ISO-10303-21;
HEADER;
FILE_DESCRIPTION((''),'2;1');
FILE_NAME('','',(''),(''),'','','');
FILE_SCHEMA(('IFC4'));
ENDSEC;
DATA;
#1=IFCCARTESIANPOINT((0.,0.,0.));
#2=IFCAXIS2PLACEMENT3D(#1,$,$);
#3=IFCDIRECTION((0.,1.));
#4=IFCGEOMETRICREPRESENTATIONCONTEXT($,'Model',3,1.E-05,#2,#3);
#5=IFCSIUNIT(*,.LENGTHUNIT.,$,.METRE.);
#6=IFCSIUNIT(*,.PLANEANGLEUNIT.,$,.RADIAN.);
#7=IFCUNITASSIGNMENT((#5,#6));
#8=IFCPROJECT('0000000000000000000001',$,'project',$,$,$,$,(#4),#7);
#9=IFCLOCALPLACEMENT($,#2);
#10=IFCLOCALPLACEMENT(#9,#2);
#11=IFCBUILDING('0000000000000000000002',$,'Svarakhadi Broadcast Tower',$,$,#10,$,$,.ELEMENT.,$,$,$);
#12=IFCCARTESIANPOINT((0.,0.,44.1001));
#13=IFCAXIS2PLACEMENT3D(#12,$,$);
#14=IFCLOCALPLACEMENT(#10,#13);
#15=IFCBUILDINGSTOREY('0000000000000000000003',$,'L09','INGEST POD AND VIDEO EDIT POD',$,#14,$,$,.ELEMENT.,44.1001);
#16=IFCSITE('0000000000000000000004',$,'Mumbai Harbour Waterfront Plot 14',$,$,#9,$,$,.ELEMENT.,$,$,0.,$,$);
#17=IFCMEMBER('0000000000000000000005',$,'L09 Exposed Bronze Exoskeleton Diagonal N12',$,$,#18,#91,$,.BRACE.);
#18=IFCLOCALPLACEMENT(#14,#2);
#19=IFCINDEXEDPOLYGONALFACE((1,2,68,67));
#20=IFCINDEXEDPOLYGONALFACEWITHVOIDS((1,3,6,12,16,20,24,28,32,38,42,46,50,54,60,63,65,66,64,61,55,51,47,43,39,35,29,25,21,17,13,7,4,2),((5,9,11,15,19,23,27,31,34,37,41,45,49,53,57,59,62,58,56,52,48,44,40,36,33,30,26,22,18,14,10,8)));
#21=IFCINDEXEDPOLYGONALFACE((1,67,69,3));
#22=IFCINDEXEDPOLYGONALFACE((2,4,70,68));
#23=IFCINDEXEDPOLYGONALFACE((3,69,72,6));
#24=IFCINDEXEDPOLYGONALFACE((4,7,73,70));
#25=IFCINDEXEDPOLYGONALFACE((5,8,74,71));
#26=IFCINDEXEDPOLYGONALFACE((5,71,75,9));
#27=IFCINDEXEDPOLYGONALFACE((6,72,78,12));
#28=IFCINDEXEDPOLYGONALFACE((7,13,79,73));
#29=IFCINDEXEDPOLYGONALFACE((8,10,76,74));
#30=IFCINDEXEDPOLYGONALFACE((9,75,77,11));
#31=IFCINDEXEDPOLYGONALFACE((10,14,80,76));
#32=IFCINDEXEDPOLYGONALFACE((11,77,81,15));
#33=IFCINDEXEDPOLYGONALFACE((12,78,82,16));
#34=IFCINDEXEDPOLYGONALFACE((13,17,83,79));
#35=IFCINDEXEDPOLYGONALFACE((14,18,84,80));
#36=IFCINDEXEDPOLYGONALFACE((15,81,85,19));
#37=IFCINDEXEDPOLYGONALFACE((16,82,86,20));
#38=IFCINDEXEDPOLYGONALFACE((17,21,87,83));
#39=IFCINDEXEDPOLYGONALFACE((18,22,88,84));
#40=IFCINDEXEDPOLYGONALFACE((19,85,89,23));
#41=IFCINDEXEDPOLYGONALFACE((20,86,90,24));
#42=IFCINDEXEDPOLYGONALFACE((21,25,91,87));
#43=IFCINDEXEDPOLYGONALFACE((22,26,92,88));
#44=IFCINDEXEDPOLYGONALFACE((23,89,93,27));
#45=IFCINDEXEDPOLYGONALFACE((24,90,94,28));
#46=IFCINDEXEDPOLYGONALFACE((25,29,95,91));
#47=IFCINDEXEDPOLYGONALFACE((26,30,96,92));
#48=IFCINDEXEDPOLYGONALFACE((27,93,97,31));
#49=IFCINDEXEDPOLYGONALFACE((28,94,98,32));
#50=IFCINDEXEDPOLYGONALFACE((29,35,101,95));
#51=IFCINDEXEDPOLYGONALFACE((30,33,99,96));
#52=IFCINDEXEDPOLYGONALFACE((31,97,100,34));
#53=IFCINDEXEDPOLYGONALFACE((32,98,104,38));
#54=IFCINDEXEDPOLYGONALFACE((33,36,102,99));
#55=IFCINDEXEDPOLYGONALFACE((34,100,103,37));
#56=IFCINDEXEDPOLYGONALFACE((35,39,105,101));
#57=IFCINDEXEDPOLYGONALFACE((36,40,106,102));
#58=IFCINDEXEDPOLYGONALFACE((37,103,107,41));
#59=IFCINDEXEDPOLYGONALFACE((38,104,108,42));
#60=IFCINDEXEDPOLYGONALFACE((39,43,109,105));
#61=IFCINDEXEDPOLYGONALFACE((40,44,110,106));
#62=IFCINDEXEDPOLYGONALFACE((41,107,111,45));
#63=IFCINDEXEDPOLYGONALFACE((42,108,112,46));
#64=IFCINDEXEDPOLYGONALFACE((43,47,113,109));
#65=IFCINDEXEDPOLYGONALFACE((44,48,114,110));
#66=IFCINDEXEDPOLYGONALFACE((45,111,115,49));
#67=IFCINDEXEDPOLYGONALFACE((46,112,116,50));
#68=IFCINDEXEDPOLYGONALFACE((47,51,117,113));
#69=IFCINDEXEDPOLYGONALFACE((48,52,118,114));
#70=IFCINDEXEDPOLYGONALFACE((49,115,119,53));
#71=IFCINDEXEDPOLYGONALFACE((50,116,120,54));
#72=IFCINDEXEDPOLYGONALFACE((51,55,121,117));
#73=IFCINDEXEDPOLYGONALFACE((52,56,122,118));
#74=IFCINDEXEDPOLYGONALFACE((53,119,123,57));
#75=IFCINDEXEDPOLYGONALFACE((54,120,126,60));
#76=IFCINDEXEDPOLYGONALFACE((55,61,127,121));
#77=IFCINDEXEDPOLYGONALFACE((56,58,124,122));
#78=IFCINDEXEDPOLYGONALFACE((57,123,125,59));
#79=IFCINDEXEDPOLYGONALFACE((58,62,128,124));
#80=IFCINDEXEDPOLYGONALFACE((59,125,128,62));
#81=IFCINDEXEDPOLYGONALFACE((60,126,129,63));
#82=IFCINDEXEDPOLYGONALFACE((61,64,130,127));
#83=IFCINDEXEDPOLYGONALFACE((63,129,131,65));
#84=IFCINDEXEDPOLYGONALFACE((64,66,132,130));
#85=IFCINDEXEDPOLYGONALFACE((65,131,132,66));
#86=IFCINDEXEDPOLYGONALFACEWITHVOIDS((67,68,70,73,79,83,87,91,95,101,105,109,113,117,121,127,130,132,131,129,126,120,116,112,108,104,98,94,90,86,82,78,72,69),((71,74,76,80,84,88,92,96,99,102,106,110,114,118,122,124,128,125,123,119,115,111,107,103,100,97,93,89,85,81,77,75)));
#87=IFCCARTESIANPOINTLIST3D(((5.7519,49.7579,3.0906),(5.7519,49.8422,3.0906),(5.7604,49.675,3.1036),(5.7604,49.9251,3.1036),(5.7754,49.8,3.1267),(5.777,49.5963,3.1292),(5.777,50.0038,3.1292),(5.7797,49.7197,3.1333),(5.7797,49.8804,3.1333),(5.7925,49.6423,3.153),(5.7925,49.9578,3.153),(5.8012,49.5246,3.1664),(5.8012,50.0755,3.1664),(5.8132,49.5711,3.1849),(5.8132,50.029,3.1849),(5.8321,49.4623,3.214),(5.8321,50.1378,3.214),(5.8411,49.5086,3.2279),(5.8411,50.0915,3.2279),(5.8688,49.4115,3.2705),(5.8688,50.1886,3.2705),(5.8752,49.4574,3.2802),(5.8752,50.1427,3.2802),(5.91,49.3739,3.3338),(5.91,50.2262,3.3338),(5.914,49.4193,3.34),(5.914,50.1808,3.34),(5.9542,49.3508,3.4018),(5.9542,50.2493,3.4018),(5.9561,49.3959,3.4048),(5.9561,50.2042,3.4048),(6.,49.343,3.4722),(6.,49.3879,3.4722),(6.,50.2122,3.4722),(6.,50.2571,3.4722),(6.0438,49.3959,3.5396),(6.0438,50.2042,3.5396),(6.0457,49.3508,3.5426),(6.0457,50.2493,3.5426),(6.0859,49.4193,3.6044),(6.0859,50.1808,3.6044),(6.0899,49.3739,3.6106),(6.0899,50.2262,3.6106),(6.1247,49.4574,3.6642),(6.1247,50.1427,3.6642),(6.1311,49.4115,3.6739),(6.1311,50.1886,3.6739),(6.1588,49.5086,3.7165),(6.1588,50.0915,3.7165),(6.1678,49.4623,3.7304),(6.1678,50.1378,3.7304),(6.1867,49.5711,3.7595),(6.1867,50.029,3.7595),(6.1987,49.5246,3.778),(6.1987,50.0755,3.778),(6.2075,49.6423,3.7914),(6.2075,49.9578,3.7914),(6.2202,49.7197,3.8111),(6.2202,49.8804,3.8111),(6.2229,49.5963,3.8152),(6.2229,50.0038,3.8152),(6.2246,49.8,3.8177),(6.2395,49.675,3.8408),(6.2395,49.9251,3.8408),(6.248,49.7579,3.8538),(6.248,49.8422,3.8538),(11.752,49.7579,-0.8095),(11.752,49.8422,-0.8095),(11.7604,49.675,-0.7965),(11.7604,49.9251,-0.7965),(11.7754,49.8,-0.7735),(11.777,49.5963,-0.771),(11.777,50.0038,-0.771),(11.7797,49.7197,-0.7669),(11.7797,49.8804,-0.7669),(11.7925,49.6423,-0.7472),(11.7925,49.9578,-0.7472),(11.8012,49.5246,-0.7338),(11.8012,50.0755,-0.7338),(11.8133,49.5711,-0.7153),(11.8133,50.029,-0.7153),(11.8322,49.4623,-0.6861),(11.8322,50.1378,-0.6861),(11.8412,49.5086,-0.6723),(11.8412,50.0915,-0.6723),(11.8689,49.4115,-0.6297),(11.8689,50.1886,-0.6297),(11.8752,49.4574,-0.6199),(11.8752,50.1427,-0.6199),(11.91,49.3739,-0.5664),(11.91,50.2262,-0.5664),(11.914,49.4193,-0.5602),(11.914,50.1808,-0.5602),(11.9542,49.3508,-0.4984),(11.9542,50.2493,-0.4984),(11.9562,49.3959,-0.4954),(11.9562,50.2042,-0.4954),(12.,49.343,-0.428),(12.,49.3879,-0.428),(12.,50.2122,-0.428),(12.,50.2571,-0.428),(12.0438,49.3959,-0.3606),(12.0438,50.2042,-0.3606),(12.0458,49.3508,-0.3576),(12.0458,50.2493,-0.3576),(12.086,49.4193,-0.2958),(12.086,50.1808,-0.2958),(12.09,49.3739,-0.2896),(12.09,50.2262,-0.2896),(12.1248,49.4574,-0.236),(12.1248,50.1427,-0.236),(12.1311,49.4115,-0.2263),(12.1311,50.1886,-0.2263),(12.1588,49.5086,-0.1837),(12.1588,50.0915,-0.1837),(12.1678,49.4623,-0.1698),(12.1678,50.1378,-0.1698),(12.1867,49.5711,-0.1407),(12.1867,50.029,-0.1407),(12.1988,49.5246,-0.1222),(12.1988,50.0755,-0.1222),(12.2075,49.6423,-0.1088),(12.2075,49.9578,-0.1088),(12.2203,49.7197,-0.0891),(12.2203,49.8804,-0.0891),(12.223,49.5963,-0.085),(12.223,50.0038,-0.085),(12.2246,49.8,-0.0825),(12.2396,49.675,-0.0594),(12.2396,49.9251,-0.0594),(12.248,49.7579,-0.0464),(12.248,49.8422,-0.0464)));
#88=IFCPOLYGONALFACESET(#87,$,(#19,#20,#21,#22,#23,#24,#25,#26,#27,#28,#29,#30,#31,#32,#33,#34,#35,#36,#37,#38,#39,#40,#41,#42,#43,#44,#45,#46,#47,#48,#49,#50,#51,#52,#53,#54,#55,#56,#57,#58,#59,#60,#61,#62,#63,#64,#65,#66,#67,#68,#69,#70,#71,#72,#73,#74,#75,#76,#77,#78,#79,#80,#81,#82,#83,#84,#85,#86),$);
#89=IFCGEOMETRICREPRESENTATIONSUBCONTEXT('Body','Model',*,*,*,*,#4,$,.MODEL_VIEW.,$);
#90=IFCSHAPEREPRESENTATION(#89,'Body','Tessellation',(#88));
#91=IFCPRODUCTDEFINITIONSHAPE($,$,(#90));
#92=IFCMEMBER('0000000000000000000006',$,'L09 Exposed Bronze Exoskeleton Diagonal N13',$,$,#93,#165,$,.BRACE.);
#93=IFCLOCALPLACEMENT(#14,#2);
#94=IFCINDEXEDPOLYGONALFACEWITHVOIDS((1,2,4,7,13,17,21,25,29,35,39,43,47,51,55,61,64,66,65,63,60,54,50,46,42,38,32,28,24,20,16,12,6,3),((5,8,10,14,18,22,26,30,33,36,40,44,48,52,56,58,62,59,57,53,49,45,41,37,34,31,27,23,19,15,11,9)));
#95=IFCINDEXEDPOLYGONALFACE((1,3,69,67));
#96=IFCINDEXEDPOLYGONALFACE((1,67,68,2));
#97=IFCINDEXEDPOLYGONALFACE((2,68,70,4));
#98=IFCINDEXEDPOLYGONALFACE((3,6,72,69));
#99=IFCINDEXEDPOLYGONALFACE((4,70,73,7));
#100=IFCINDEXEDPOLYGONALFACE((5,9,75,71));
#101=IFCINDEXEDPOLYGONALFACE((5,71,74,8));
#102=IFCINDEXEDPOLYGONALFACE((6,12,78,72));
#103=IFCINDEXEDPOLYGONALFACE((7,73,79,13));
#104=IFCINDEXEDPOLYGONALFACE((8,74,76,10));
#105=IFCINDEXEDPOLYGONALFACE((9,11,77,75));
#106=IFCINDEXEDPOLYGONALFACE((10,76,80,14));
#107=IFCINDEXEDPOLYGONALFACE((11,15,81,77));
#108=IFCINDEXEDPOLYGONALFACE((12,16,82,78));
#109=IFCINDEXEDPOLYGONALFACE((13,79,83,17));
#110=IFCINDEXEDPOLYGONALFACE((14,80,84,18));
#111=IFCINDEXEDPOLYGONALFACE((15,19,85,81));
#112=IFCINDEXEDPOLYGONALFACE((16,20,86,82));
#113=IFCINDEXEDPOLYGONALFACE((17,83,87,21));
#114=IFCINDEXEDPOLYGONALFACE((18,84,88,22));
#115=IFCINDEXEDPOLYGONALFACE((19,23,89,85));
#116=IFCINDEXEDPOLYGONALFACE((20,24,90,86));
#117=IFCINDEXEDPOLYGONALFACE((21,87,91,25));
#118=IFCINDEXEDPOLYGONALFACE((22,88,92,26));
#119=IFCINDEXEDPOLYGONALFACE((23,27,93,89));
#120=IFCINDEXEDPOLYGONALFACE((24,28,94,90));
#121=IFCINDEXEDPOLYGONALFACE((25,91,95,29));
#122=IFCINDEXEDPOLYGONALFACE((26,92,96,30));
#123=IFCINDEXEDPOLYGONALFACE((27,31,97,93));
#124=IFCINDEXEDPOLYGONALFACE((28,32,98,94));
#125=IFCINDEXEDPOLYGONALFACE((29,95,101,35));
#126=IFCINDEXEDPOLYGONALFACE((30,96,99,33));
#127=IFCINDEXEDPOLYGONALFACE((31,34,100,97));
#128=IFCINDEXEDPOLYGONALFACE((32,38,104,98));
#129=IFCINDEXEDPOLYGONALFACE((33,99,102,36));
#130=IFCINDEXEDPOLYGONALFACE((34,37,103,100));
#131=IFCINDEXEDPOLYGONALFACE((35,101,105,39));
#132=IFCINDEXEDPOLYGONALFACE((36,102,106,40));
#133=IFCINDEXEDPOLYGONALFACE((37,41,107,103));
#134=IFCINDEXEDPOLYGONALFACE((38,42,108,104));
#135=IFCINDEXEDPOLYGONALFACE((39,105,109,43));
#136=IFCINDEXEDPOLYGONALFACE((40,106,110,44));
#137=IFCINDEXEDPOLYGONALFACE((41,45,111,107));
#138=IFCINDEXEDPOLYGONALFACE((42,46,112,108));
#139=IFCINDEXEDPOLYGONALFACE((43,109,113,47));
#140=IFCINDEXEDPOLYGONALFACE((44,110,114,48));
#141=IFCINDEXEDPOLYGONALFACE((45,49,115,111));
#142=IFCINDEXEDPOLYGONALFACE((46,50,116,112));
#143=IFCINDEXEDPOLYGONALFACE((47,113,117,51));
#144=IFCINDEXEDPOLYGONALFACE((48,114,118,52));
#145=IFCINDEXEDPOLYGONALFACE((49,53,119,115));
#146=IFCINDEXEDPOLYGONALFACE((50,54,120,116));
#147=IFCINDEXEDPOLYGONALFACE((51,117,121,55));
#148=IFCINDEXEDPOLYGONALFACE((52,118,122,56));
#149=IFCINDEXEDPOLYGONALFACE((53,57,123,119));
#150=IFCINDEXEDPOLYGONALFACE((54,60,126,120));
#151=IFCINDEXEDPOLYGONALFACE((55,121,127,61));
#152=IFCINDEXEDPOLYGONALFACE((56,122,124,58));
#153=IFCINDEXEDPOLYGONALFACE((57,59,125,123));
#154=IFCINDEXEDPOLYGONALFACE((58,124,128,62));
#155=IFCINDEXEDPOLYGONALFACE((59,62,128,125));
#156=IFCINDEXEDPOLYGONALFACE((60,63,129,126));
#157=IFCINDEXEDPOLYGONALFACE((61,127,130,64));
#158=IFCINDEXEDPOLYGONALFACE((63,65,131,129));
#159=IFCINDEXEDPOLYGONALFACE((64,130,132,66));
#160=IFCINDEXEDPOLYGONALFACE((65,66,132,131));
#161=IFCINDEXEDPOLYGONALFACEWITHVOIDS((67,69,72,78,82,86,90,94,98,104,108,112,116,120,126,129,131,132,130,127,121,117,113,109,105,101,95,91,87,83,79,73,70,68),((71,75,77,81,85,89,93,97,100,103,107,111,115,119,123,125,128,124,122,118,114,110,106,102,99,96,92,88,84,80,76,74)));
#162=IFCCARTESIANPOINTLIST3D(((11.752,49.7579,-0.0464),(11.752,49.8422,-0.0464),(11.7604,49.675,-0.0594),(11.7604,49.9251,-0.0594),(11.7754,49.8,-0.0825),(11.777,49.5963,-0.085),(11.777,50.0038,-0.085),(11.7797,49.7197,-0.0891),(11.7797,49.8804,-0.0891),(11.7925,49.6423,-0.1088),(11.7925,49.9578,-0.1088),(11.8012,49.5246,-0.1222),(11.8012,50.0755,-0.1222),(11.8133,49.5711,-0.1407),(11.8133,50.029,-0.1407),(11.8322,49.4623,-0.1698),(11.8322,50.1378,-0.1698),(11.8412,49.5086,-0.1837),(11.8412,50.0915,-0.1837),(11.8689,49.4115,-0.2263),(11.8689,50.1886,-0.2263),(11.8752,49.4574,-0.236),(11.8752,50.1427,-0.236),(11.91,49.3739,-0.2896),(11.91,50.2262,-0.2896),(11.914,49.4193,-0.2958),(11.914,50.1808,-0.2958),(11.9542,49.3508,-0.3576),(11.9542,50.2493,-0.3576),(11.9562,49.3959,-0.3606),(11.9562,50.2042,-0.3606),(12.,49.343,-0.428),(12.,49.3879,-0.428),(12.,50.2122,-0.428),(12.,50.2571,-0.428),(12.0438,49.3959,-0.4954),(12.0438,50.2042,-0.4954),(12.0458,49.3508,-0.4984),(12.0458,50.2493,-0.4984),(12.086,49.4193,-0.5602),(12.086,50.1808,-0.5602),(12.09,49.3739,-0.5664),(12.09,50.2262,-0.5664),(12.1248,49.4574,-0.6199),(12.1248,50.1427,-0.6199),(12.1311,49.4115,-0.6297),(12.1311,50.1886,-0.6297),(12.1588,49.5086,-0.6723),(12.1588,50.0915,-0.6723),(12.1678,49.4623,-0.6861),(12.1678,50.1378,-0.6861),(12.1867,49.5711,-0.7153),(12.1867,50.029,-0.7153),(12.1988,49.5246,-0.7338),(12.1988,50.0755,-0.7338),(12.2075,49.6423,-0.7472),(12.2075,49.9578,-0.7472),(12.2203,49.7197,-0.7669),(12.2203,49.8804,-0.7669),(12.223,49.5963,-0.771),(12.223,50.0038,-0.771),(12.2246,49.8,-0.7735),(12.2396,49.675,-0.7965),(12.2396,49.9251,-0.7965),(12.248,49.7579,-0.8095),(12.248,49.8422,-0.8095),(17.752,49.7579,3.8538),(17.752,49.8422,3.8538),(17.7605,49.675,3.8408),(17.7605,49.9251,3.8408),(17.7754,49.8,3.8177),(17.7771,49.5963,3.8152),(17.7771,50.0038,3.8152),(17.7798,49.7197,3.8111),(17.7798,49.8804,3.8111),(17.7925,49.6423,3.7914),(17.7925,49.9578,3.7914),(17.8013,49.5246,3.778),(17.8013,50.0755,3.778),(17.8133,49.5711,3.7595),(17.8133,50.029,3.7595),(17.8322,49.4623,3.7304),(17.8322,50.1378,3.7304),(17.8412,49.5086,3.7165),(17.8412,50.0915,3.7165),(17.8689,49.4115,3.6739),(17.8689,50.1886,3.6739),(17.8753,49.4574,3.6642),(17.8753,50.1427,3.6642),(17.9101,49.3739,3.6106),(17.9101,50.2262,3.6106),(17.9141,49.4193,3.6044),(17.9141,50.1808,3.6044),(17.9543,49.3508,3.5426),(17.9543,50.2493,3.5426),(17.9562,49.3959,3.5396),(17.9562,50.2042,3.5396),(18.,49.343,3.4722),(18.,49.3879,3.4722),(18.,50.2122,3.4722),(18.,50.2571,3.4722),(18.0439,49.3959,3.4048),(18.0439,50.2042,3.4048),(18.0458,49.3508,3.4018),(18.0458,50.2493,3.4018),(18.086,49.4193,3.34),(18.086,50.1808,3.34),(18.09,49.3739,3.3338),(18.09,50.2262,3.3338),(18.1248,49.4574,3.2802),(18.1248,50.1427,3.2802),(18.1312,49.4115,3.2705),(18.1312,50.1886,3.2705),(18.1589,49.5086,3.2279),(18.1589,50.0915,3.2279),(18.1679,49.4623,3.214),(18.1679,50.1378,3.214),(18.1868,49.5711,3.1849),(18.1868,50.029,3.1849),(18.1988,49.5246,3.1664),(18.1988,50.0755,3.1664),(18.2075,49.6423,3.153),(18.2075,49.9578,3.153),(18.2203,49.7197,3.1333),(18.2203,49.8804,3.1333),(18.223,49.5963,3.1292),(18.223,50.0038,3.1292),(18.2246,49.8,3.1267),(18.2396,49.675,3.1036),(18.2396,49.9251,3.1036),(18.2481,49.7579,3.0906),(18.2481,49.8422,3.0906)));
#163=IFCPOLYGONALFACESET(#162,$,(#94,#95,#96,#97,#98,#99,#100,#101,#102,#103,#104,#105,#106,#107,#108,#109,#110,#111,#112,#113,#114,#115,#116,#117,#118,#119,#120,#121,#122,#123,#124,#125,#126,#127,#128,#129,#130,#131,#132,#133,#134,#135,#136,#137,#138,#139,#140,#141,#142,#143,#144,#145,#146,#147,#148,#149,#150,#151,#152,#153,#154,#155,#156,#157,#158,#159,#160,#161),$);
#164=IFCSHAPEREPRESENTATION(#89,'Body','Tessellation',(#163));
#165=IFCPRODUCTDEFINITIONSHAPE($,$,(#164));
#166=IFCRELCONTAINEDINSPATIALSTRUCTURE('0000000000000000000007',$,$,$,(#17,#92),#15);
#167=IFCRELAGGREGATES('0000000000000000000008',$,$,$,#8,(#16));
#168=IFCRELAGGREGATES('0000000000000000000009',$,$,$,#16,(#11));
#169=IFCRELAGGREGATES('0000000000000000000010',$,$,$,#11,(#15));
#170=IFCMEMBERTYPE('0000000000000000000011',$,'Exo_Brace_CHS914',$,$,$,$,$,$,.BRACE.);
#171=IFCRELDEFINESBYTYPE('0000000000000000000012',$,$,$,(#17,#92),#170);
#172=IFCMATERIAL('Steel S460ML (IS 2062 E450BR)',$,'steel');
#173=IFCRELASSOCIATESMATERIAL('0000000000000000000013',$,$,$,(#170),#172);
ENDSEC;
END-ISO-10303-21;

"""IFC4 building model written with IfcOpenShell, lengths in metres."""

from ifc_helpers import new_model, si_unit, direction, frame, origin, origin_2d, place, context, subcontext, project, spatial, hollow_circle, extrude, material, material_profile, profile_set, type_object, element, save


model = new_model("IFC4")

# Units and contexts
model_context = context("Model", 3, precision=1e-05, world=origin(), true_north=direction((0.0, 1.0)))
body_context = subcontext(model_context, "Body", "Model", "MODEL_VIEW")
ifc_project = project(units=[si_unit("LENGTHUNIT", "METRE"), si_unit("PLANEANGLEUNIT", "RADIAN")], contexts=[model_context])

# Site, building, storey
site_placement = place(None, origin())
site = spatial("IfcSite", under=ifc_project, at=site_placement, Name="Mumbai Harbour Waterfront Plot 14", CompositionType="ELEMENT", RefElevation=0.0)
building_placement = place(site_placement, origin())
building = spatial("IfcBuilding", under=site, at=building_placement, Name="Svarakhadi Broadcast Tower", CompositionType="ELEMENT")
storey_placement = place(building_placement, frame((0.0, 0.0, 44.1001)))
storey = spatial("IfcBuildingStorey", under=building, at=storey_placement, Name="L09", Description="INGEST POD AND VIDEO EDIT POD", CompositionType="ELEMENT", Elevation=44.1001)

# Shared definitions
ifc_material_1 = material(Name="Steel S460ML (IS 2062 E450BR)", Category="steel")

# Members
ifc_material_profile_1 = material_profile(ifc_material_1, hollow_circle(Radius=0.457, WallThickness=0.0449, at=origin_2d()), Name="CHS 914x45")
ifc_profile_set_1 = profile_set([ifc_material_profile_1], Name="Steel S460ML (IS 2062 E450BR)")
member_type_1 = type_object("IfcMemberType", Name="Exo_Brace_CHS914", PredefinedType="BRACE", material=ifc_profile_set_1)
for number, where, z_axis, x_axis, name in (
    (1, (12.0, 49.8, -0.428), (-0.838434, 0.0, 0.545003), (0.0, -1.0, 0.0), "L09 Exposed Bronze Exoskeleton Diagonal N12"),
    (2, (12.0, 49.8, -0.428), (0.838434, 0.0, 0.545003), (0.0, 1.0, 0.0), "L09 Exposed Bronze Exoskeleton Diagonal N13"),
):
    element("IfcMember", number, at=place(storey_placement, frame(where, z_axis=z_axis, x_axis=x_axis)), inside=storey, type_object=member_type_1, Name=name, PredefinedType="BRACE", context=body_context, shape_type="SweptSolid", body=[
        extrude(hollow_circle(Radius=0.457, WallThickness=0.0449, at=origin_2d()), origin(), (0.0, 0.0, 1.0), 7.1562),
    ])

save(model, "model.ifc")
